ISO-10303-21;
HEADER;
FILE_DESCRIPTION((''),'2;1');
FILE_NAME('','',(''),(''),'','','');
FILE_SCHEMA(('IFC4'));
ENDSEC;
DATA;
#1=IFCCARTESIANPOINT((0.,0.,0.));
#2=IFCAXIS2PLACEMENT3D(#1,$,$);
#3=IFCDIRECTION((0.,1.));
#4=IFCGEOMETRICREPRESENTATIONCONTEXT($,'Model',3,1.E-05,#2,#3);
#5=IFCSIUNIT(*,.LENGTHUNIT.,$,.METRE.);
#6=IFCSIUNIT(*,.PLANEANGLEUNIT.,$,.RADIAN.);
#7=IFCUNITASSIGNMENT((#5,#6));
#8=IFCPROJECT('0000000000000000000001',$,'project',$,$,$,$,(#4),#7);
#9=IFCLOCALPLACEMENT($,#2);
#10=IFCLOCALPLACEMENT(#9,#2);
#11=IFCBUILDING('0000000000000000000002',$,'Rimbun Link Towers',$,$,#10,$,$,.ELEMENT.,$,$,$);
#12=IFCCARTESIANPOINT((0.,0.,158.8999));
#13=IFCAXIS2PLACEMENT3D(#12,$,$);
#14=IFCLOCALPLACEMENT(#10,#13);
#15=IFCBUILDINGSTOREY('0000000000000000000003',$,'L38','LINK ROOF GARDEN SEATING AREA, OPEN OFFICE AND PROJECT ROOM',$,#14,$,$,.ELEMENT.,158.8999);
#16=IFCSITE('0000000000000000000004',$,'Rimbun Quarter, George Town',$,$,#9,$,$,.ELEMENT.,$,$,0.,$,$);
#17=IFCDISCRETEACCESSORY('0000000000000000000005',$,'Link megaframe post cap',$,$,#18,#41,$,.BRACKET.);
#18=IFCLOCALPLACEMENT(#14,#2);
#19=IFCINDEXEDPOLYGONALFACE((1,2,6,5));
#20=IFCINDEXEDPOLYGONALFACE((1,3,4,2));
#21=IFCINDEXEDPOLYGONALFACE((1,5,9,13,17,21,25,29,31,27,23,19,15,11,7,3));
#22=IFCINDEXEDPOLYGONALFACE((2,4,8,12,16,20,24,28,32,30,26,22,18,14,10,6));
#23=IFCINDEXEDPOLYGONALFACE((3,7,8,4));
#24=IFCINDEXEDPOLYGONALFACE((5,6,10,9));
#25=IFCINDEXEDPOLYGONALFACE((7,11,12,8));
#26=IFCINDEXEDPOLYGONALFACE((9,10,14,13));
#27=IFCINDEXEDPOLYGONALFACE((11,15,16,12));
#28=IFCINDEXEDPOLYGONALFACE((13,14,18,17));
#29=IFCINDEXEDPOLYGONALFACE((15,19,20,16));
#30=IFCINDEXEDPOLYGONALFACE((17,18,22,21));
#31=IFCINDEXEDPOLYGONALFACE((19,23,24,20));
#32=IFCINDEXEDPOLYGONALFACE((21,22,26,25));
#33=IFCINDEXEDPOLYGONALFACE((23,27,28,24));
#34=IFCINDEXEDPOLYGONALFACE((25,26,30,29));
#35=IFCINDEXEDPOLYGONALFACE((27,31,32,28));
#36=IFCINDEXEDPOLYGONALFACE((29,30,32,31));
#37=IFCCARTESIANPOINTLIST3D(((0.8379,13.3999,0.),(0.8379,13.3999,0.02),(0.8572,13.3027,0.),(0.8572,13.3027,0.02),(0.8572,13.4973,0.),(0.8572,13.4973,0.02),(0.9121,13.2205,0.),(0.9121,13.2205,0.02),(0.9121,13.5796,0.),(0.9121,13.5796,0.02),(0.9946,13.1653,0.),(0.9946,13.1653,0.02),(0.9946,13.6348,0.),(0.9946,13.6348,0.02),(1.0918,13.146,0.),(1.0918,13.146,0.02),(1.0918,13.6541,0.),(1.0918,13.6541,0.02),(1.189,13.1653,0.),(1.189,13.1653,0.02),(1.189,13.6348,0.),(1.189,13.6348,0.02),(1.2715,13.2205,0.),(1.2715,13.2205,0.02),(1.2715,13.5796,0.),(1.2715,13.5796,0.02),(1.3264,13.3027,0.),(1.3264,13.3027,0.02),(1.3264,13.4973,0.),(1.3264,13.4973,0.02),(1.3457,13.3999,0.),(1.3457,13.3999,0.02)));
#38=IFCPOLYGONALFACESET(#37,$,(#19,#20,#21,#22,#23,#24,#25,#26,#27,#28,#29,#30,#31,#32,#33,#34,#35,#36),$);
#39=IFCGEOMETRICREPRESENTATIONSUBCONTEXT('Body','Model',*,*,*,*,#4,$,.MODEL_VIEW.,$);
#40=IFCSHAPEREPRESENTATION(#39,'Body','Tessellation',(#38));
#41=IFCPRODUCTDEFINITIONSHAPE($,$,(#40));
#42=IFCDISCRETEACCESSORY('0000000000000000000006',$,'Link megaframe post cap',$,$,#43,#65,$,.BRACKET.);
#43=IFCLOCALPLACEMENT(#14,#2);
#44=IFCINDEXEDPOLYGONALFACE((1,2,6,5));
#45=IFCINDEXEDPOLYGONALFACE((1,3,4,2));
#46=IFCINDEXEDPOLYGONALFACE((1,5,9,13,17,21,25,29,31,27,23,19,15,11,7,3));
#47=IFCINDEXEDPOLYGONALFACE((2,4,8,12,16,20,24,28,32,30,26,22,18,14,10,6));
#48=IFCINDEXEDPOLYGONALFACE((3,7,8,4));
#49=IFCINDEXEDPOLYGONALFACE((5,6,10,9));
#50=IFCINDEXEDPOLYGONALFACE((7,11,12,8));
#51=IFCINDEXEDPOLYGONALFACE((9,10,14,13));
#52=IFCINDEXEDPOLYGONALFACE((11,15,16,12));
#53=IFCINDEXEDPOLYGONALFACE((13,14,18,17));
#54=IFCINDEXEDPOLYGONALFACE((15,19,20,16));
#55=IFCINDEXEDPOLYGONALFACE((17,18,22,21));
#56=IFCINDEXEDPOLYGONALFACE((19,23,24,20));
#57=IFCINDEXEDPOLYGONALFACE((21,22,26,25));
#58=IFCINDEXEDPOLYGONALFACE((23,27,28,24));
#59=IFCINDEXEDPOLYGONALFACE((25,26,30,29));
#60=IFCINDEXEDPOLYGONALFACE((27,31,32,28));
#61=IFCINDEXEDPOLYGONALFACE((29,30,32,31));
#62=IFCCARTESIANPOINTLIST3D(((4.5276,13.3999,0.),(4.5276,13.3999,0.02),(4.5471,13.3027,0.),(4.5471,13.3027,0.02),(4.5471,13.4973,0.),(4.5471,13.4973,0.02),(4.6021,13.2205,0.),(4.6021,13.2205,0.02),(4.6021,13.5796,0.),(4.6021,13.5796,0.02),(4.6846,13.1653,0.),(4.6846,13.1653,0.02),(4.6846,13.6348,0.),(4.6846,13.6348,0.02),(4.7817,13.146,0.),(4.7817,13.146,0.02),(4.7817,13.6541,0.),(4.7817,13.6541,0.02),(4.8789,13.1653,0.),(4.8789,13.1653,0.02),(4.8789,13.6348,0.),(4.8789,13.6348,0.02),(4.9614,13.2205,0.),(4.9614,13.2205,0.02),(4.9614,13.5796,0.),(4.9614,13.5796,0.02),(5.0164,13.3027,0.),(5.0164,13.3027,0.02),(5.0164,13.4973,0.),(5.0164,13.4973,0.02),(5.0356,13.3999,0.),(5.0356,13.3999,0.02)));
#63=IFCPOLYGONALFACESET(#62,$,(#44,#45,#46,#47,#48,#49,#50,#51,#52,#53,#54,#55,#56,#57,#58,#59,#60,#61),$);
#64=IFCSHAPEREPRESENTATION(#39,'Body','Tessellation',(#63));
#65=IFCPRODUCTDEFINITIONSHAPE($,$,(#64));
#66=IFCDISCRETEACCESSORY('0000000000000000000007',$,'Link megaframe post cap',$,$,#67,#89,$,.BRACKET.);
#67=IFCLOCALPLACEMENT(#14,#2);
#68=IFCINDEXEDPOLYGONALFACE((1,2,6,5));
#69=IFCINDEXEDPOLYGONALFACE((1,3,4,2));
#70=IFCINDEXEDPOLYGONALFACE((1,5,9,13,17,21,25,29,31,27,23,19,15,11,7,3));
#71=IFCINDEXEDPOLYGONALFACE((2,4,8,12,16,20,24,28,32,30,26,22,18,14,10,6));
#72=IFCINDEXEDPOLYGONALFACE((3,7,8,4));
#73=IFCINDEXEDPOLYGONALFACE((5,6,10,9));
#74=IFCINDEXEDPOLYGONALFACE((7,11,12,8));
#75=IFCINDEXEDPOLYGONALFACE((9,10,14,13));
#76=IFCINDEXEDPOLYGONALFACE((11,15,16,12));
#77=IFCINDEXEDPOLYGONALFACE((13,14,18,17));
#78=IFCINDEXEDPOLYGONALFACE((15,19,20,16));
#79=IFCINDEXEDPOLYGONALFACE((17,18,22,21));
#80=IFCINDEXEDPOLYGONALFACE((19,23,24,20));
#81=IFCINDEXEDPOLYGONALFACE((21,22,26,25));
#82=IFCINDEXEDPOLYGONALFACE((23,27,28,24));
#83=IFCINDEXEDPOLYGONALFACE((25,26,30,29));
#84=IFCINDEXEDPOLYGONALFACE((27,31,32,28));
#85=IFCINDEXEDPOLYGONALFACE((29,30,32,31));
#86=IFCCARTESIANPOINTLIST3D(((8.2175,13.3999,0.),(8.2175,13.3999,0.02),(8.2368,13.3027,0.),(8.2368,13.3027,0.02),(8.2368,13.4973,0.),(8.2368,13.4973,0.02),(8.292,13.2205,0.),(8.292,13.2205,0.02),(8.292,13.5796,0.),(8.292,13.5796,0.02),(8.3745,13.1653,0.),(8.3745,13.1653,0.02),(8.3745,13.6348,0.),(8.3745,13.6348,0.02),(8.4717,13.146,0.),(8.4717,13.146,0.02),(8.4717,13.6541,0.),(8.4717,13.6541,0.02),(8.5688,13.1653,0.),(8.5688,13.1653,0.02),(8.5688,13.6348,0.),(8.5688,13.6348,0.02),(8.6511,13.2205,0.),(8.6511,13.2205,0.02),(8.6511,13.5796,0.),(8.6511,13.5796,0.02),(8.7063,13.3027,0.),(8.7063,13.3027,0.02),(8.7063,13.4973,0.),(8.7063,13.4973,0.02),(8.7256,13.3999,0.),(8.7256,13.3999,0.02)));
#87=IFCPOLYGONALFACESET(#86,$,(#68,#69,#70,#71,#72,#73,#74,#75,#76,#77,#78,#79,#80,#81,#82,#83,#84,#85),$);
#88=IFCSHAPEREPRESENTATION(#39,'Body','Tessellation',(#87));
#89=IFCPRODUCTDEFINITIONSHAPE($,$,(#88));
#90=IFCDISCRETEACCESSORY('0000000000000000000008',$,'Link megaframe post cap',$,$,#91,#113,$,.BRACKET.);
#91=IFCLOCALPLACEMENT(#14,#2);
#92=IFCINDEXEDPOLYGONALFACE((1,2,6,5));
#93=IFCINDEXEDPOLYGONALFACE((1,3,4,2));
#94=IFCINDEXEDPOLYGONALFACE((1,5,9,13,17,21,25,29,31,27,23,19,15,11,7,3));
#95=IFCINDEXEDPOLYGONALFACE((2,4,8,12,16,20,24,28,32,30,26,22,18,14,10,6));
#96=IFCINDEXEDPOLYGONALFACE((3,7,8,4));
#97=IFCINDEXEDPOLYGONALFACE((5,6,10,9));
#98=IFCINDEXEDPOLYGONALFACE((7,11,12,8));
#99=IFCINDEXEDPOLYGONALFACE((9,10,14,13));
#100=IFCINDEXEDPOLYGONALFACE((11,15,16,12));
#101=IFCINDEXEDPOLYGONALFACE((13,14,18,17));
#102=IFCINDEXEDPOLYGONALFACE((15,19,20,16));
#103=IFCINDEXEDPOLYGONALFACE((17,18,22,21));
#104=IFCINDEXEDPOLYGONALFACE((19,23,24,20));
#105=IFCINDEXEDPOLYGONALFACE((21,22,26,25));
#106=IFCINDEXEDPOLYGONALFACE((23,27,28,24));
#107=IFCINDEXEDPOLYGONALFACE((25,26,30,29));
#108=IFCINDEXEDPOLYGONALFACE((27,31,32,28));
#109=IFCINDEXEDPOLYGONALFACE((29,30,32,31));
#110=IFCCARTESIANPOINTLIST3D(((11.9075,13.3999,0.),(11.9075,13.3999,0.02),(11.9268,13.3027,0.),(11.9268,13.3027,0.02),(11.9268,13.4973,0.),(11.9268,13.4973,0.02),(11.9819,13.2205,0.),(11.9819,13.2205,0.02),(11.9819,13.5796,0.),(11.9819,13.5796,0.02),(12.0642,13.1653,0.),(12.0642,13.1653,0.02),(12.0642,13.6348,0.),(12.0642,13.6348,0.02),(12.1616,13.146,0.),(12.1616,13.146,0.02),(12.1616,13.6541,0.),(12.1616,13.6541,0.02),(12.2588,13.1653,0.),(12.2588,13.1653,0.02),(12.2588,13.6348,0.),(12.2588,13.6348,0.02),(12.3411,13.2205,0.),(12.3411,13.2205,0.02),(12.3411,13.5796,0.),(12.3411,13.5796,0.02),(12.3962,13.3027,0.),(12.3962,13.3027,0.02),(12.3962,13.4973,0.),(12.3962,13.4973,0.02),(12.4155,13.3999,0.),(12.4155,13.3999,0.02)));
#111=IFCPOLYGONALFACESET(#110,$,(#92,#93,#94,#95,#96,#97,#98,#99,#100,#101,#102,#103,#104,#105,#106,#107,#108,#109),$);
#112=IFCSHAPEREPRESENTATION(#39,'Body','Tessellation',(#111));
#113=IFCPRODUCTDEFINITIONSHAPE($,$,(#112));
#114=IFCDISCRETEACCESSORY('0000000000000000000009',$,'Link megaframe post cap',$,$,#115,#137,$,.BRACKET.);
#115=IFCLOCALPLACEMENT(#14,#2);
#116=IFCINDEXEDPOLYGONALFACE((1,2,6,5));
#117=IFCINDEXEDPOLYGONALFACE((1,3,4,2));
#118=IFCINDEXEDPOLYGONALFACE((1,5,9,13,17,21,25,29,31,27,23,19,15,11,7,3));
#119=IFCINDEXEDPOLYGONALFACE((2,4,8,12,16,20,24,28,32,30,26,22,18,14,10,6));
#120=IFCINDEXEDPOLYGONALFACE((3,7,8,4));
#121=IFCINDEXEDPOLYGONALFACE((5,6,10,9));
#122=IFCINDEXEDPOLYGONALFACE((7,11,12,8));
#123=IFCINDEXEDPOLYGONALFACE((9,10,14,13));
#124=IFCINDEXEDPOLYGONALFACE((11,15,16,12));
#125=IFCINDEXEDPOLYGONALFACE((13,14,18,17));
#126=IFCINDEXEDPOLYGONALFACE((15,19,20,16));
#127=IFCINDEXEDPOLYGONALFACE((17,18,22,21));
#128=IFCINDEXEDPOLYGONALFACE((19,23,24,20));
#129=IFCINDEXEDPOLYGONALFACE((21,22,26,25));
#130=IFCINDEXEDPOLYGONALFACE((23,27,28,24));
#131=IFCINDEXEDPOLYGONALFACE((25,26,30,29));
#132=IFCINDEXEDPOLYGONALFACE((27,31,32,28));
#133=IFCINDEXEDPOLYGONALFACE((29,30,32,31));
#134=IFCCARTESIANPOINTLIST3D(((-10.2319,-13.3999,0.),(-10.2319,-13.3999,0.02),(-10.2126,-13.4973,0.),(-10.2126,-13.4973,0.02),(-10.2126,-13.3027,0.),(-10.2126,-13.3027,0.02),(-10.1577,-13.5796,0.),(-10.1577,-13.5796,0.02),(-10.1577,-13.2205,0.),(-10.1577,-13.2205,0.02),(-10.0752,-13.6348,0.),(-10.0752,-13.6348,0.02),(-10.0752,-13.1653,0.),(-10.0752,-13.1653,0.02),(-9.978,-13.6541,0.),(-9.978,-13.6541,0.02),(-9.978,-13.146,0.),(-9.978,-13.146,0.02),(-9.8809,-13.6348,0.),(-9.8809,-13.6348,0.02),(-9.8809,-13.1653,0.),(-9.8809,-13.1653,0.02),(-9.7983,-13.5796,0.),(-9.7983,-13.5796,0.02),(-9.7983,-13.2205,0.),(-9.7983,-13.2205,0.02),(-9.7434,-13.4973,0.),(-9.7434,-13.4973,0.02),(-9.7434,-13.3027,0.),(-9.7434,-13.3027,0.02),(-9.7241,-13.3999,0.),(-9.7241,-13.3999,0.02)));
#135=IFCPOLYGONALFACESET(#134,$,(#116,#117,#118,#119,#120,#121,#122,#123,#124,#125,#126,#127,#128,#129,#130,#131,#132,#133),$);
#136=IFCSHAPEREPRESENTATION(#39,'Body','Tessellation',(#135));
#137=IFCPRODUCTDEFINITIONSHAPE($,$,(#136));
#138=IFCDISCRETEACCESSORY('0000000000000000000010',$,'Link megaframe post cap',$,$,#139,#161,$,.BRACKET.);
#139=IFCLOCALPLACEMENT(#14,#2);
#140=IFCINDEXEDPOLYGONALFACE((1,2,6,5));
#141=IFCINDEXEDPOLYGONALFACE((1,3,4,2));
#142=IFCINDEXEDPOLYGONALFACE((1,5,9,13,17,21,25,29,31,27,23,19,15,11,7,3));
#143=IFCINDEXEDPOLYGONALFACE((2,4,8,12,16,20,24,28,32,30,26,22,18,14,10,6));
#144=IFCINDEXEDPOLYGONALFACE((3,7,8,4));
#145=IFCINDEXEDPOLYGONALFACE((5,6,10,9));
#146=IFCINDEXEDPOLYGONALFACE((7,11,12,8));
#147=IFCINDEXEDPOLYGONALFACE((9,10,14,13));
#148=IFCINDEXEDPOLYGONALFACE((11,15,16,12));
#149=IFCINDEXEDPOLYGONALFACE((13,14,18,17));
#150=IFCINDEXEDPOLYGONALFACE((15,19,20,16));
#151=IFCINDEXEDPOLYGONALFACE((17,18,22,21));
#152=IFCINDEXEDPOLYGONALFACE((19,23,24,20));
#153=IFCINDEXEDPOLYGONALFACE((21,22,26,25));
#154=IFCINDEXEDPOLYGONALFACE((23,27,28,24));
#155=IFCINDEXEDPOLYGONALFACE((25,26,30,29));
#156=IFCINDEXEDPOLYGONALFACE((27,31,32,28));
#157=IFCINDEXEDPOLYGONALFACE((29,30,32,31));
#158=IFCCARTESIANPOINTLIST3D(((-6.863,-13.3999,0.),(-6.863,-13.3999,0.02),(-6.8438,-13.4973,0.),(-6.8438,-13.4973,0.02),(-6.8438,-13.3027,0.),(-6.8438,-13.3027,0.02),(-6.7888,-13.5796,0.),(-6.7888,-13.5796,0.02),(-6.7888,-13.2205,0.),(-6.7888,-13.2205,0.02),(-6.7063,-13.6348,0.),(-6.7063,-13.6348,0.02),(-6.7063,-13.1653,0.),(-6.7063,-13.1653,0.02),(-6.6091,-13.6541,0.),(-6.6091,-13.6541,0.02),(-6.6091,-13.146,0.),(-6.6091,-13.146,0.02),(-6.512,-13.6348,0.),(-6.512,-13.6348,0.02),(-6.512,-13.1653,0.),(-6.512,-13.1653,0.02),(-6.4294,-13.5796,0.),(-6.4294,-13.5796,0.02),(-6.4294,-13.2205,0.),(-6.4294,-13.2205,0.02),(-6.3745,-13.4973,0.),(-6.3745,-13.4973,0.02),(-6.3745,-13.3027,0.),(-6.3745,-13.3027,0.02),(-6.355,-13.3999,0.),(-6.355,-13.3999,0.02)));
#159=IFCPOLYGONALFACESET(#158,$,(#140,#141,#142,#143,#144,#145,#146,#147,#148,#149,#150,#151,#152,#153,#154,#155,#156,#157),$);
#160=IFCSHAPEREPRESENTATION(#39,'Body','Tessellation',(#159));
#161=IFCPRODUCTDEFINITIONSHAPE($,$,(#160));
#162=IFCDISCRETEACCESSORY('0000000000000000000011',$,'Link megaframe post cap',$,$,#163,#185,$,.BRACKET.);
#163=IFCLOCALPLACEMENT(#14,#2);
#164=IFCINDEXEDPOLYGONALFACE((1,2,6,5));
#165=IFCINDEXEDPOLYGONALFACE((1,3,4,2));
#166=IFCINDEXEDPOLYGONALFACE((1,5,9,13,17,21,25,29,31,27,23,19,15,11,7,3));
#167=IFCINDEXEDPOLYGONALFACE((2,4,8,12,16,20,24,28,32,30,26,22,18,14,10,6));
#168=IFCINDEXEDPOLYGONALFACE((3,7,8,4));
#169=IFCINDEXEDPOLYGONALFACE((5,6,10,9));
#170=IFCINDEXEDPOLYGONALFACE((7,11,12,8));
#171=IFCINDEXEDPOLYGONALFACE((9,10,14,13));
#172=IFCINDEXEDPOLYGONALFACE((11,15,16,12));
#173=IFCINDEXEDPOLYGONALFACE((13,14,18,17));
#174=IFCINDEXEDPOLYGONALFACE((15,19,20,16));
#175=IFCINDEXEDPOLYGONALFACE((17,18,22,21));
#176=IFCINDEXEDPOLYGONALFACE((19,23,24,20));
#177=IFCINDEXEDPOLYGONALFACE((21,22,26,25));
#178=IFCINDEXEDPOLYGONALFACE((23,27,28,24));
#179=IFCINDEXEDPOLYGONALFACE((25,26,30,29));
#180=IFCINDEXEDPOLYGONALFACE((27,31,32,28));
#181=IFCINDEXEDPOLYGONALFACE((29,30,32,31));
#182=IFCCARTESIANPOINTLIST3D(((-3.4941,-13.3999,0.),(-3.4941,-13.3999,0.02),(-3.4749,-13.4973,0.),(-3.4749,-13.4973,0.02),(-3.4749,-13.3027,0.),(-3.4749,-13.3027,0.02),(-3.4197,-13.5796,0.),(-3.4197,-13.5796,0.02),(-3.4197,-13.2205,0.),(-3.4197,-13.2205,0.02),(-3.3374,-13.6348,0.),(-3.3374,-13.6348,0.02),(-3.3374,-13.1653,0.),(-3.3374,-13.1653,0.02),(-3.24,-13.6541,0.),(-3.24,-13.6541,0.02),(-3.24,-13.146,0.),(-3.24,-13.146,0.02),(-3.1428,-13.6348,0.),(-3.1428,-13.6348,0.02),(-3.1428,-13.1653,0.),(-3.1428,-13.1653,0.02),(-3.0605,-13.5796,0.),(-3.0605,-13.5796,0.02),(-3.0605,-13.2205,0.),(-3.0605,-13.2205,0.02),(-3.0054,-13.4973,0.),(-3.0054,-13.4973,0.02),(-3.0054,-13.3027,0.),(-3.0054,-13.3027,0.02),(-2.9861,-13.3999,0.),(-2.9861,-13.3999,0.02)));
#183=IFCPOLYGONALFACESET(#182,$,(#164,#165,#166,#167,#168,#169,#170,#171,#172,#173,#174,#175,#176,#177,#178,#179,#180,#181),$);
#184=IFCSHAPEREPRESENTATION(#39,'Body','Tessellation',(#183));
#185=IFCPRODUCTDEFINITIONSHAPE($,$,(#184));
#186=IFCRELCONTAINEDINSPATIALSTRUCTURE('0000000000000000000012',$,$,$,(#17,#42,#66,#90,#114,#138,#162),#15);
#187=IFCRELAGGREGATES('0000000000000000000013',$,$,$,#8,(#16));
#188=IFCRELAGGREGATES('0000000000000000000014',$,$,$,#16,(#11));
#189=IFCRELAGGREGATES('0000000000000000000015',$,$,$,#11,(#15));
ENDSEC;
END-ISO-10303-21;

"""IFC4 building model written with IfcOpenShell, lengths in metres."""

from ifc_helpers import new_model, si_unit, direction, frame, origin, place, context, subcontext, project, spatial, polyline, outline, extrude, element, save


model = new_model("IFC4")

# Units and contexts
model_context = context("Model", 3, precision=1e-05, world=origin(), true_north=direction((0.0, 1.0)))
body_context = subcontext(model_context, "Body", "Model", "MODEL_VIEW")
ifc_project = project(units=[si_unit("LENGTHUNIT", "METRE"), si_unit("PLANEANGLEUNIT", "RADIAN")], contexts=[model_context])

# Site, building, storey
site_placement = place(None, origin())
site = spatial("IfcSite", under=ifc_project, at=site_placement, Name="Rimbun Quarter, George Town", CompositionType="ELEMENT", RefElevation=0.0)
building_placement = place(site_placement, origin())
building = spatial("IfcBuilding", under=site, at=building_placement, Name="Rimbun Link Towers", CompositionType="ELEMENT")
storey_placement = place(building_placement, frame((0.0, 0.0, 158.8999)))
storey = spatial("IfcBuildingStorey", under=building, at=storey_placement, Name="L38", Description="LINK ROOF GARDEN SEATING AREA, OPEN OFFICE AND PROJECT ROOM", CompositionType="ELEMENT", Elevation=158.8999)

# Discrete accessories
discrete_accessory_1_placement = place(storey_placement, origin())
element("IfcDiscreteAccessory", 1, at=discrete_accessory_1_placement, inside=storey, Name="Link megaframe post cap", PredefinedType="BRACKET", context=body_context, shape_type="SweptSolid", body=[
    extrude(outline(polyline([(1.3457, 13.3999), (1.3264, 13.4973), (1.2715, 13.5796), (1.189, 13.6348), (1.0918, 13.6541), (0.9946, 13.6348), (0.9121, 13.5796), (0.8572, 13.4973), (0.8379, 13.3999), (0.8572, 13.3027), (0.9121, 13.2205), (0.9946, 13.1653), (1.0918, 13.146), (1.189, 13.1653), (1.2715, 13.2205), (1.3264, 13.3027), (1.3457, 13.3999)])), origin(), (0.0, 0.0, 1.0), 0.02),
])
discrete_accessory_2_placement = place(storey_placement, origin())
element("IfcDiscreteAccessory", 2, at=discrete_accessory_2_placement, inside=storey, Name="Link megaframe post cap", PredefinedType="BRACKET", context=body_context, shape_type="SweptSolid", body=[
    extrude(outline(polyline([(5.0356, 13.3999), (5.0164, 13.4973), (4.9614, 13.5796), (4.8789, 13.6348), (4.7817, 13.6541), (4.6846, 13.6348), (4.6021, 13.5796), (4.5471, 13.4973), (4.5276, 13.3999), (4.5471, 13.3027), (4.6021, 13.2205), (4.6846, 13.1653), (4.7817, 13.146), (4.8789, 13.1653), (4.9614, 13.2205), (5.0164, 13.3027), (5.0356, 13.3999)])), origin(), (0.0, 0.0, 1.0), 0.02),
])
discrete_accessory_3_placement = place(storey_placement, origin())
element("IfcDiscreteAccessory", 3, at=discrete_accessory_3_placement, inside=storey, Name="Link megaframe post cap", PredefinedType="BRACKET", context=body_context, shape_type="SweptSolid", body=[
    extrude(outline(polyline([(8.7256, 13.3999), (8.7063, 13.4973), (8.6511, 13.5796), (8.5688, 13.6348), (8.4717, 13.6541), (8.3745, 13.6348), (8.292, 13.5796), (8.2368, 13.4973), (8.2175, 13.3999), (8.2368, 13.3027), (8.292, 13.2205), (8.3745, 13.1653), (8.4717, 13.146), (8.5688, 13.1653), (8.6511, 13.2205), (8.7063, 13.3027), (8.7256, 13.3999)])), origin(), (0.0, 0.0, 1.0), 0.02),
])
discrete_accessory_4_placement = place(storey_placement, origin())
element("IfcDiscreteAccessory", 4, at=discrete_accessory_4_placement, inside=storey, Name="Link megaframe post cap", PredefinedType="BRACKET", context=body_context, shape_type="SweptSolid", body=[
    extrude(outline(polyline([(12.4155, 13.3999), (12.3962, 13.4973), (12.3411, 13.5796), (12.2588, 13.6348), (12.1616, 13.6541), (12.0642, 13.6348), (11.9819, 13.5796), (11.9268, 13.4973), (11.9075, 13.3999), (11.9268, 13.3027), (11.9819, 13.2205), (12.0642, 13.1653), (12.1616, 13.146), (12.2588, 13.1653), (12.3411, 13.2205), (12.3962, 13.3027), (12.4155, 13.3999)])), origin(), (0.0, 0.0, 1.0), 0.02),
])
discrete_accessory_5_placement = place(storey_placement, origin())
element("IfcDiscreteAccessory", 5, at=discrete_accessory_5_placement, inside=storey, Name="Link megaframe post cap", PredefinedType="BRACKET", context=body_context, shape_type="SweptSolid", body=[
    extrude(outline(polyline([(-9.7241, -13.3999), (-9.7434, -13.3027), (-9.7983, -13.2205), (-9.8809, -13.1653), (-9.978, -13.146), (-10.0752, -13.1653), (-10.1577, -13.2205), (-10.2126, -13.3027), (-10.2319, -13.3999), (-10.2126, -13.4973), (-10.1577, -13.5796), (-10.0752, -13.6348), (-9.978, -13.6541), (-9.8809, -13.6348), (-9.7983, -13.5796), (-9.7434, -13.4973), (-9.7241, -13.3999)])), origin(), (0.0, 0.0, 1.0), 0.02),
])
discrete_accessory_6_placement = place(storey_placement, origin())
element("IfcDiscreteAccessory", 6, at=discrete_accessory_6_placement, inside=storey, Name="Link megaframe post cap", PredefinedType="BRACKET", context=body_context, shape_type="SweptSolid", body=[
    extrude(outline(polyline([(-6.355, -13.3999), (-6.3745, -13.3027), (-6.4294, -13.2205), (-6.512, -13.1653), (-6.6091, -13.146), (-6.7063, -13.1653), (-6.7888, -13.2205), (-6.8438, -13.3027), (-6.863, -13.3999), (-6.8438, -13.4973), (-6.7888, -13.5796), (-6.7063, -13.6348), (-6.6091, -13.6541), (-6.512, -13.6348), (-6.4294, -13.5796), (-6.3745, -13.4973), (-6.355, -13.3999)])), origin(), (0.0, 0.0, 1.0), 0.02),
])
discrete_accessory_7_placement = place(storey_placement, origin())
element("IfcDiscreteAccessory", 7, at=discrete_accessory_7_placement, inside=storey, Name="Link megaframe post cap", PredefinedType="BRACKET", context=body_context, shape_type="SweptSolid", body=[
    extrude(outline(polyline([(-2.9861, -13.3999), (-3.0054, -13.3027), (-3.0605, -13.2205), (-3.1428, -13.1653), (-3.24, -13.146), (-3.3374, -13.1653), (-3.4197, -13.2205), (-3.4749, -13.3027), (-3.4941, -13.3999), (-3.4749, -13.4973), (-3.4197, -13.5796), (-3.3374, -13.6348), (-3.24, -13.6541), (-3.1428, -13.6348), (-3.0605, -13.5796), (-3.0054, -13.4973), (-2.9861, -13.3999)])), origin(), (0.0, 0.0, 1.0), 0.02),
])

save(model, "model.ifc")
